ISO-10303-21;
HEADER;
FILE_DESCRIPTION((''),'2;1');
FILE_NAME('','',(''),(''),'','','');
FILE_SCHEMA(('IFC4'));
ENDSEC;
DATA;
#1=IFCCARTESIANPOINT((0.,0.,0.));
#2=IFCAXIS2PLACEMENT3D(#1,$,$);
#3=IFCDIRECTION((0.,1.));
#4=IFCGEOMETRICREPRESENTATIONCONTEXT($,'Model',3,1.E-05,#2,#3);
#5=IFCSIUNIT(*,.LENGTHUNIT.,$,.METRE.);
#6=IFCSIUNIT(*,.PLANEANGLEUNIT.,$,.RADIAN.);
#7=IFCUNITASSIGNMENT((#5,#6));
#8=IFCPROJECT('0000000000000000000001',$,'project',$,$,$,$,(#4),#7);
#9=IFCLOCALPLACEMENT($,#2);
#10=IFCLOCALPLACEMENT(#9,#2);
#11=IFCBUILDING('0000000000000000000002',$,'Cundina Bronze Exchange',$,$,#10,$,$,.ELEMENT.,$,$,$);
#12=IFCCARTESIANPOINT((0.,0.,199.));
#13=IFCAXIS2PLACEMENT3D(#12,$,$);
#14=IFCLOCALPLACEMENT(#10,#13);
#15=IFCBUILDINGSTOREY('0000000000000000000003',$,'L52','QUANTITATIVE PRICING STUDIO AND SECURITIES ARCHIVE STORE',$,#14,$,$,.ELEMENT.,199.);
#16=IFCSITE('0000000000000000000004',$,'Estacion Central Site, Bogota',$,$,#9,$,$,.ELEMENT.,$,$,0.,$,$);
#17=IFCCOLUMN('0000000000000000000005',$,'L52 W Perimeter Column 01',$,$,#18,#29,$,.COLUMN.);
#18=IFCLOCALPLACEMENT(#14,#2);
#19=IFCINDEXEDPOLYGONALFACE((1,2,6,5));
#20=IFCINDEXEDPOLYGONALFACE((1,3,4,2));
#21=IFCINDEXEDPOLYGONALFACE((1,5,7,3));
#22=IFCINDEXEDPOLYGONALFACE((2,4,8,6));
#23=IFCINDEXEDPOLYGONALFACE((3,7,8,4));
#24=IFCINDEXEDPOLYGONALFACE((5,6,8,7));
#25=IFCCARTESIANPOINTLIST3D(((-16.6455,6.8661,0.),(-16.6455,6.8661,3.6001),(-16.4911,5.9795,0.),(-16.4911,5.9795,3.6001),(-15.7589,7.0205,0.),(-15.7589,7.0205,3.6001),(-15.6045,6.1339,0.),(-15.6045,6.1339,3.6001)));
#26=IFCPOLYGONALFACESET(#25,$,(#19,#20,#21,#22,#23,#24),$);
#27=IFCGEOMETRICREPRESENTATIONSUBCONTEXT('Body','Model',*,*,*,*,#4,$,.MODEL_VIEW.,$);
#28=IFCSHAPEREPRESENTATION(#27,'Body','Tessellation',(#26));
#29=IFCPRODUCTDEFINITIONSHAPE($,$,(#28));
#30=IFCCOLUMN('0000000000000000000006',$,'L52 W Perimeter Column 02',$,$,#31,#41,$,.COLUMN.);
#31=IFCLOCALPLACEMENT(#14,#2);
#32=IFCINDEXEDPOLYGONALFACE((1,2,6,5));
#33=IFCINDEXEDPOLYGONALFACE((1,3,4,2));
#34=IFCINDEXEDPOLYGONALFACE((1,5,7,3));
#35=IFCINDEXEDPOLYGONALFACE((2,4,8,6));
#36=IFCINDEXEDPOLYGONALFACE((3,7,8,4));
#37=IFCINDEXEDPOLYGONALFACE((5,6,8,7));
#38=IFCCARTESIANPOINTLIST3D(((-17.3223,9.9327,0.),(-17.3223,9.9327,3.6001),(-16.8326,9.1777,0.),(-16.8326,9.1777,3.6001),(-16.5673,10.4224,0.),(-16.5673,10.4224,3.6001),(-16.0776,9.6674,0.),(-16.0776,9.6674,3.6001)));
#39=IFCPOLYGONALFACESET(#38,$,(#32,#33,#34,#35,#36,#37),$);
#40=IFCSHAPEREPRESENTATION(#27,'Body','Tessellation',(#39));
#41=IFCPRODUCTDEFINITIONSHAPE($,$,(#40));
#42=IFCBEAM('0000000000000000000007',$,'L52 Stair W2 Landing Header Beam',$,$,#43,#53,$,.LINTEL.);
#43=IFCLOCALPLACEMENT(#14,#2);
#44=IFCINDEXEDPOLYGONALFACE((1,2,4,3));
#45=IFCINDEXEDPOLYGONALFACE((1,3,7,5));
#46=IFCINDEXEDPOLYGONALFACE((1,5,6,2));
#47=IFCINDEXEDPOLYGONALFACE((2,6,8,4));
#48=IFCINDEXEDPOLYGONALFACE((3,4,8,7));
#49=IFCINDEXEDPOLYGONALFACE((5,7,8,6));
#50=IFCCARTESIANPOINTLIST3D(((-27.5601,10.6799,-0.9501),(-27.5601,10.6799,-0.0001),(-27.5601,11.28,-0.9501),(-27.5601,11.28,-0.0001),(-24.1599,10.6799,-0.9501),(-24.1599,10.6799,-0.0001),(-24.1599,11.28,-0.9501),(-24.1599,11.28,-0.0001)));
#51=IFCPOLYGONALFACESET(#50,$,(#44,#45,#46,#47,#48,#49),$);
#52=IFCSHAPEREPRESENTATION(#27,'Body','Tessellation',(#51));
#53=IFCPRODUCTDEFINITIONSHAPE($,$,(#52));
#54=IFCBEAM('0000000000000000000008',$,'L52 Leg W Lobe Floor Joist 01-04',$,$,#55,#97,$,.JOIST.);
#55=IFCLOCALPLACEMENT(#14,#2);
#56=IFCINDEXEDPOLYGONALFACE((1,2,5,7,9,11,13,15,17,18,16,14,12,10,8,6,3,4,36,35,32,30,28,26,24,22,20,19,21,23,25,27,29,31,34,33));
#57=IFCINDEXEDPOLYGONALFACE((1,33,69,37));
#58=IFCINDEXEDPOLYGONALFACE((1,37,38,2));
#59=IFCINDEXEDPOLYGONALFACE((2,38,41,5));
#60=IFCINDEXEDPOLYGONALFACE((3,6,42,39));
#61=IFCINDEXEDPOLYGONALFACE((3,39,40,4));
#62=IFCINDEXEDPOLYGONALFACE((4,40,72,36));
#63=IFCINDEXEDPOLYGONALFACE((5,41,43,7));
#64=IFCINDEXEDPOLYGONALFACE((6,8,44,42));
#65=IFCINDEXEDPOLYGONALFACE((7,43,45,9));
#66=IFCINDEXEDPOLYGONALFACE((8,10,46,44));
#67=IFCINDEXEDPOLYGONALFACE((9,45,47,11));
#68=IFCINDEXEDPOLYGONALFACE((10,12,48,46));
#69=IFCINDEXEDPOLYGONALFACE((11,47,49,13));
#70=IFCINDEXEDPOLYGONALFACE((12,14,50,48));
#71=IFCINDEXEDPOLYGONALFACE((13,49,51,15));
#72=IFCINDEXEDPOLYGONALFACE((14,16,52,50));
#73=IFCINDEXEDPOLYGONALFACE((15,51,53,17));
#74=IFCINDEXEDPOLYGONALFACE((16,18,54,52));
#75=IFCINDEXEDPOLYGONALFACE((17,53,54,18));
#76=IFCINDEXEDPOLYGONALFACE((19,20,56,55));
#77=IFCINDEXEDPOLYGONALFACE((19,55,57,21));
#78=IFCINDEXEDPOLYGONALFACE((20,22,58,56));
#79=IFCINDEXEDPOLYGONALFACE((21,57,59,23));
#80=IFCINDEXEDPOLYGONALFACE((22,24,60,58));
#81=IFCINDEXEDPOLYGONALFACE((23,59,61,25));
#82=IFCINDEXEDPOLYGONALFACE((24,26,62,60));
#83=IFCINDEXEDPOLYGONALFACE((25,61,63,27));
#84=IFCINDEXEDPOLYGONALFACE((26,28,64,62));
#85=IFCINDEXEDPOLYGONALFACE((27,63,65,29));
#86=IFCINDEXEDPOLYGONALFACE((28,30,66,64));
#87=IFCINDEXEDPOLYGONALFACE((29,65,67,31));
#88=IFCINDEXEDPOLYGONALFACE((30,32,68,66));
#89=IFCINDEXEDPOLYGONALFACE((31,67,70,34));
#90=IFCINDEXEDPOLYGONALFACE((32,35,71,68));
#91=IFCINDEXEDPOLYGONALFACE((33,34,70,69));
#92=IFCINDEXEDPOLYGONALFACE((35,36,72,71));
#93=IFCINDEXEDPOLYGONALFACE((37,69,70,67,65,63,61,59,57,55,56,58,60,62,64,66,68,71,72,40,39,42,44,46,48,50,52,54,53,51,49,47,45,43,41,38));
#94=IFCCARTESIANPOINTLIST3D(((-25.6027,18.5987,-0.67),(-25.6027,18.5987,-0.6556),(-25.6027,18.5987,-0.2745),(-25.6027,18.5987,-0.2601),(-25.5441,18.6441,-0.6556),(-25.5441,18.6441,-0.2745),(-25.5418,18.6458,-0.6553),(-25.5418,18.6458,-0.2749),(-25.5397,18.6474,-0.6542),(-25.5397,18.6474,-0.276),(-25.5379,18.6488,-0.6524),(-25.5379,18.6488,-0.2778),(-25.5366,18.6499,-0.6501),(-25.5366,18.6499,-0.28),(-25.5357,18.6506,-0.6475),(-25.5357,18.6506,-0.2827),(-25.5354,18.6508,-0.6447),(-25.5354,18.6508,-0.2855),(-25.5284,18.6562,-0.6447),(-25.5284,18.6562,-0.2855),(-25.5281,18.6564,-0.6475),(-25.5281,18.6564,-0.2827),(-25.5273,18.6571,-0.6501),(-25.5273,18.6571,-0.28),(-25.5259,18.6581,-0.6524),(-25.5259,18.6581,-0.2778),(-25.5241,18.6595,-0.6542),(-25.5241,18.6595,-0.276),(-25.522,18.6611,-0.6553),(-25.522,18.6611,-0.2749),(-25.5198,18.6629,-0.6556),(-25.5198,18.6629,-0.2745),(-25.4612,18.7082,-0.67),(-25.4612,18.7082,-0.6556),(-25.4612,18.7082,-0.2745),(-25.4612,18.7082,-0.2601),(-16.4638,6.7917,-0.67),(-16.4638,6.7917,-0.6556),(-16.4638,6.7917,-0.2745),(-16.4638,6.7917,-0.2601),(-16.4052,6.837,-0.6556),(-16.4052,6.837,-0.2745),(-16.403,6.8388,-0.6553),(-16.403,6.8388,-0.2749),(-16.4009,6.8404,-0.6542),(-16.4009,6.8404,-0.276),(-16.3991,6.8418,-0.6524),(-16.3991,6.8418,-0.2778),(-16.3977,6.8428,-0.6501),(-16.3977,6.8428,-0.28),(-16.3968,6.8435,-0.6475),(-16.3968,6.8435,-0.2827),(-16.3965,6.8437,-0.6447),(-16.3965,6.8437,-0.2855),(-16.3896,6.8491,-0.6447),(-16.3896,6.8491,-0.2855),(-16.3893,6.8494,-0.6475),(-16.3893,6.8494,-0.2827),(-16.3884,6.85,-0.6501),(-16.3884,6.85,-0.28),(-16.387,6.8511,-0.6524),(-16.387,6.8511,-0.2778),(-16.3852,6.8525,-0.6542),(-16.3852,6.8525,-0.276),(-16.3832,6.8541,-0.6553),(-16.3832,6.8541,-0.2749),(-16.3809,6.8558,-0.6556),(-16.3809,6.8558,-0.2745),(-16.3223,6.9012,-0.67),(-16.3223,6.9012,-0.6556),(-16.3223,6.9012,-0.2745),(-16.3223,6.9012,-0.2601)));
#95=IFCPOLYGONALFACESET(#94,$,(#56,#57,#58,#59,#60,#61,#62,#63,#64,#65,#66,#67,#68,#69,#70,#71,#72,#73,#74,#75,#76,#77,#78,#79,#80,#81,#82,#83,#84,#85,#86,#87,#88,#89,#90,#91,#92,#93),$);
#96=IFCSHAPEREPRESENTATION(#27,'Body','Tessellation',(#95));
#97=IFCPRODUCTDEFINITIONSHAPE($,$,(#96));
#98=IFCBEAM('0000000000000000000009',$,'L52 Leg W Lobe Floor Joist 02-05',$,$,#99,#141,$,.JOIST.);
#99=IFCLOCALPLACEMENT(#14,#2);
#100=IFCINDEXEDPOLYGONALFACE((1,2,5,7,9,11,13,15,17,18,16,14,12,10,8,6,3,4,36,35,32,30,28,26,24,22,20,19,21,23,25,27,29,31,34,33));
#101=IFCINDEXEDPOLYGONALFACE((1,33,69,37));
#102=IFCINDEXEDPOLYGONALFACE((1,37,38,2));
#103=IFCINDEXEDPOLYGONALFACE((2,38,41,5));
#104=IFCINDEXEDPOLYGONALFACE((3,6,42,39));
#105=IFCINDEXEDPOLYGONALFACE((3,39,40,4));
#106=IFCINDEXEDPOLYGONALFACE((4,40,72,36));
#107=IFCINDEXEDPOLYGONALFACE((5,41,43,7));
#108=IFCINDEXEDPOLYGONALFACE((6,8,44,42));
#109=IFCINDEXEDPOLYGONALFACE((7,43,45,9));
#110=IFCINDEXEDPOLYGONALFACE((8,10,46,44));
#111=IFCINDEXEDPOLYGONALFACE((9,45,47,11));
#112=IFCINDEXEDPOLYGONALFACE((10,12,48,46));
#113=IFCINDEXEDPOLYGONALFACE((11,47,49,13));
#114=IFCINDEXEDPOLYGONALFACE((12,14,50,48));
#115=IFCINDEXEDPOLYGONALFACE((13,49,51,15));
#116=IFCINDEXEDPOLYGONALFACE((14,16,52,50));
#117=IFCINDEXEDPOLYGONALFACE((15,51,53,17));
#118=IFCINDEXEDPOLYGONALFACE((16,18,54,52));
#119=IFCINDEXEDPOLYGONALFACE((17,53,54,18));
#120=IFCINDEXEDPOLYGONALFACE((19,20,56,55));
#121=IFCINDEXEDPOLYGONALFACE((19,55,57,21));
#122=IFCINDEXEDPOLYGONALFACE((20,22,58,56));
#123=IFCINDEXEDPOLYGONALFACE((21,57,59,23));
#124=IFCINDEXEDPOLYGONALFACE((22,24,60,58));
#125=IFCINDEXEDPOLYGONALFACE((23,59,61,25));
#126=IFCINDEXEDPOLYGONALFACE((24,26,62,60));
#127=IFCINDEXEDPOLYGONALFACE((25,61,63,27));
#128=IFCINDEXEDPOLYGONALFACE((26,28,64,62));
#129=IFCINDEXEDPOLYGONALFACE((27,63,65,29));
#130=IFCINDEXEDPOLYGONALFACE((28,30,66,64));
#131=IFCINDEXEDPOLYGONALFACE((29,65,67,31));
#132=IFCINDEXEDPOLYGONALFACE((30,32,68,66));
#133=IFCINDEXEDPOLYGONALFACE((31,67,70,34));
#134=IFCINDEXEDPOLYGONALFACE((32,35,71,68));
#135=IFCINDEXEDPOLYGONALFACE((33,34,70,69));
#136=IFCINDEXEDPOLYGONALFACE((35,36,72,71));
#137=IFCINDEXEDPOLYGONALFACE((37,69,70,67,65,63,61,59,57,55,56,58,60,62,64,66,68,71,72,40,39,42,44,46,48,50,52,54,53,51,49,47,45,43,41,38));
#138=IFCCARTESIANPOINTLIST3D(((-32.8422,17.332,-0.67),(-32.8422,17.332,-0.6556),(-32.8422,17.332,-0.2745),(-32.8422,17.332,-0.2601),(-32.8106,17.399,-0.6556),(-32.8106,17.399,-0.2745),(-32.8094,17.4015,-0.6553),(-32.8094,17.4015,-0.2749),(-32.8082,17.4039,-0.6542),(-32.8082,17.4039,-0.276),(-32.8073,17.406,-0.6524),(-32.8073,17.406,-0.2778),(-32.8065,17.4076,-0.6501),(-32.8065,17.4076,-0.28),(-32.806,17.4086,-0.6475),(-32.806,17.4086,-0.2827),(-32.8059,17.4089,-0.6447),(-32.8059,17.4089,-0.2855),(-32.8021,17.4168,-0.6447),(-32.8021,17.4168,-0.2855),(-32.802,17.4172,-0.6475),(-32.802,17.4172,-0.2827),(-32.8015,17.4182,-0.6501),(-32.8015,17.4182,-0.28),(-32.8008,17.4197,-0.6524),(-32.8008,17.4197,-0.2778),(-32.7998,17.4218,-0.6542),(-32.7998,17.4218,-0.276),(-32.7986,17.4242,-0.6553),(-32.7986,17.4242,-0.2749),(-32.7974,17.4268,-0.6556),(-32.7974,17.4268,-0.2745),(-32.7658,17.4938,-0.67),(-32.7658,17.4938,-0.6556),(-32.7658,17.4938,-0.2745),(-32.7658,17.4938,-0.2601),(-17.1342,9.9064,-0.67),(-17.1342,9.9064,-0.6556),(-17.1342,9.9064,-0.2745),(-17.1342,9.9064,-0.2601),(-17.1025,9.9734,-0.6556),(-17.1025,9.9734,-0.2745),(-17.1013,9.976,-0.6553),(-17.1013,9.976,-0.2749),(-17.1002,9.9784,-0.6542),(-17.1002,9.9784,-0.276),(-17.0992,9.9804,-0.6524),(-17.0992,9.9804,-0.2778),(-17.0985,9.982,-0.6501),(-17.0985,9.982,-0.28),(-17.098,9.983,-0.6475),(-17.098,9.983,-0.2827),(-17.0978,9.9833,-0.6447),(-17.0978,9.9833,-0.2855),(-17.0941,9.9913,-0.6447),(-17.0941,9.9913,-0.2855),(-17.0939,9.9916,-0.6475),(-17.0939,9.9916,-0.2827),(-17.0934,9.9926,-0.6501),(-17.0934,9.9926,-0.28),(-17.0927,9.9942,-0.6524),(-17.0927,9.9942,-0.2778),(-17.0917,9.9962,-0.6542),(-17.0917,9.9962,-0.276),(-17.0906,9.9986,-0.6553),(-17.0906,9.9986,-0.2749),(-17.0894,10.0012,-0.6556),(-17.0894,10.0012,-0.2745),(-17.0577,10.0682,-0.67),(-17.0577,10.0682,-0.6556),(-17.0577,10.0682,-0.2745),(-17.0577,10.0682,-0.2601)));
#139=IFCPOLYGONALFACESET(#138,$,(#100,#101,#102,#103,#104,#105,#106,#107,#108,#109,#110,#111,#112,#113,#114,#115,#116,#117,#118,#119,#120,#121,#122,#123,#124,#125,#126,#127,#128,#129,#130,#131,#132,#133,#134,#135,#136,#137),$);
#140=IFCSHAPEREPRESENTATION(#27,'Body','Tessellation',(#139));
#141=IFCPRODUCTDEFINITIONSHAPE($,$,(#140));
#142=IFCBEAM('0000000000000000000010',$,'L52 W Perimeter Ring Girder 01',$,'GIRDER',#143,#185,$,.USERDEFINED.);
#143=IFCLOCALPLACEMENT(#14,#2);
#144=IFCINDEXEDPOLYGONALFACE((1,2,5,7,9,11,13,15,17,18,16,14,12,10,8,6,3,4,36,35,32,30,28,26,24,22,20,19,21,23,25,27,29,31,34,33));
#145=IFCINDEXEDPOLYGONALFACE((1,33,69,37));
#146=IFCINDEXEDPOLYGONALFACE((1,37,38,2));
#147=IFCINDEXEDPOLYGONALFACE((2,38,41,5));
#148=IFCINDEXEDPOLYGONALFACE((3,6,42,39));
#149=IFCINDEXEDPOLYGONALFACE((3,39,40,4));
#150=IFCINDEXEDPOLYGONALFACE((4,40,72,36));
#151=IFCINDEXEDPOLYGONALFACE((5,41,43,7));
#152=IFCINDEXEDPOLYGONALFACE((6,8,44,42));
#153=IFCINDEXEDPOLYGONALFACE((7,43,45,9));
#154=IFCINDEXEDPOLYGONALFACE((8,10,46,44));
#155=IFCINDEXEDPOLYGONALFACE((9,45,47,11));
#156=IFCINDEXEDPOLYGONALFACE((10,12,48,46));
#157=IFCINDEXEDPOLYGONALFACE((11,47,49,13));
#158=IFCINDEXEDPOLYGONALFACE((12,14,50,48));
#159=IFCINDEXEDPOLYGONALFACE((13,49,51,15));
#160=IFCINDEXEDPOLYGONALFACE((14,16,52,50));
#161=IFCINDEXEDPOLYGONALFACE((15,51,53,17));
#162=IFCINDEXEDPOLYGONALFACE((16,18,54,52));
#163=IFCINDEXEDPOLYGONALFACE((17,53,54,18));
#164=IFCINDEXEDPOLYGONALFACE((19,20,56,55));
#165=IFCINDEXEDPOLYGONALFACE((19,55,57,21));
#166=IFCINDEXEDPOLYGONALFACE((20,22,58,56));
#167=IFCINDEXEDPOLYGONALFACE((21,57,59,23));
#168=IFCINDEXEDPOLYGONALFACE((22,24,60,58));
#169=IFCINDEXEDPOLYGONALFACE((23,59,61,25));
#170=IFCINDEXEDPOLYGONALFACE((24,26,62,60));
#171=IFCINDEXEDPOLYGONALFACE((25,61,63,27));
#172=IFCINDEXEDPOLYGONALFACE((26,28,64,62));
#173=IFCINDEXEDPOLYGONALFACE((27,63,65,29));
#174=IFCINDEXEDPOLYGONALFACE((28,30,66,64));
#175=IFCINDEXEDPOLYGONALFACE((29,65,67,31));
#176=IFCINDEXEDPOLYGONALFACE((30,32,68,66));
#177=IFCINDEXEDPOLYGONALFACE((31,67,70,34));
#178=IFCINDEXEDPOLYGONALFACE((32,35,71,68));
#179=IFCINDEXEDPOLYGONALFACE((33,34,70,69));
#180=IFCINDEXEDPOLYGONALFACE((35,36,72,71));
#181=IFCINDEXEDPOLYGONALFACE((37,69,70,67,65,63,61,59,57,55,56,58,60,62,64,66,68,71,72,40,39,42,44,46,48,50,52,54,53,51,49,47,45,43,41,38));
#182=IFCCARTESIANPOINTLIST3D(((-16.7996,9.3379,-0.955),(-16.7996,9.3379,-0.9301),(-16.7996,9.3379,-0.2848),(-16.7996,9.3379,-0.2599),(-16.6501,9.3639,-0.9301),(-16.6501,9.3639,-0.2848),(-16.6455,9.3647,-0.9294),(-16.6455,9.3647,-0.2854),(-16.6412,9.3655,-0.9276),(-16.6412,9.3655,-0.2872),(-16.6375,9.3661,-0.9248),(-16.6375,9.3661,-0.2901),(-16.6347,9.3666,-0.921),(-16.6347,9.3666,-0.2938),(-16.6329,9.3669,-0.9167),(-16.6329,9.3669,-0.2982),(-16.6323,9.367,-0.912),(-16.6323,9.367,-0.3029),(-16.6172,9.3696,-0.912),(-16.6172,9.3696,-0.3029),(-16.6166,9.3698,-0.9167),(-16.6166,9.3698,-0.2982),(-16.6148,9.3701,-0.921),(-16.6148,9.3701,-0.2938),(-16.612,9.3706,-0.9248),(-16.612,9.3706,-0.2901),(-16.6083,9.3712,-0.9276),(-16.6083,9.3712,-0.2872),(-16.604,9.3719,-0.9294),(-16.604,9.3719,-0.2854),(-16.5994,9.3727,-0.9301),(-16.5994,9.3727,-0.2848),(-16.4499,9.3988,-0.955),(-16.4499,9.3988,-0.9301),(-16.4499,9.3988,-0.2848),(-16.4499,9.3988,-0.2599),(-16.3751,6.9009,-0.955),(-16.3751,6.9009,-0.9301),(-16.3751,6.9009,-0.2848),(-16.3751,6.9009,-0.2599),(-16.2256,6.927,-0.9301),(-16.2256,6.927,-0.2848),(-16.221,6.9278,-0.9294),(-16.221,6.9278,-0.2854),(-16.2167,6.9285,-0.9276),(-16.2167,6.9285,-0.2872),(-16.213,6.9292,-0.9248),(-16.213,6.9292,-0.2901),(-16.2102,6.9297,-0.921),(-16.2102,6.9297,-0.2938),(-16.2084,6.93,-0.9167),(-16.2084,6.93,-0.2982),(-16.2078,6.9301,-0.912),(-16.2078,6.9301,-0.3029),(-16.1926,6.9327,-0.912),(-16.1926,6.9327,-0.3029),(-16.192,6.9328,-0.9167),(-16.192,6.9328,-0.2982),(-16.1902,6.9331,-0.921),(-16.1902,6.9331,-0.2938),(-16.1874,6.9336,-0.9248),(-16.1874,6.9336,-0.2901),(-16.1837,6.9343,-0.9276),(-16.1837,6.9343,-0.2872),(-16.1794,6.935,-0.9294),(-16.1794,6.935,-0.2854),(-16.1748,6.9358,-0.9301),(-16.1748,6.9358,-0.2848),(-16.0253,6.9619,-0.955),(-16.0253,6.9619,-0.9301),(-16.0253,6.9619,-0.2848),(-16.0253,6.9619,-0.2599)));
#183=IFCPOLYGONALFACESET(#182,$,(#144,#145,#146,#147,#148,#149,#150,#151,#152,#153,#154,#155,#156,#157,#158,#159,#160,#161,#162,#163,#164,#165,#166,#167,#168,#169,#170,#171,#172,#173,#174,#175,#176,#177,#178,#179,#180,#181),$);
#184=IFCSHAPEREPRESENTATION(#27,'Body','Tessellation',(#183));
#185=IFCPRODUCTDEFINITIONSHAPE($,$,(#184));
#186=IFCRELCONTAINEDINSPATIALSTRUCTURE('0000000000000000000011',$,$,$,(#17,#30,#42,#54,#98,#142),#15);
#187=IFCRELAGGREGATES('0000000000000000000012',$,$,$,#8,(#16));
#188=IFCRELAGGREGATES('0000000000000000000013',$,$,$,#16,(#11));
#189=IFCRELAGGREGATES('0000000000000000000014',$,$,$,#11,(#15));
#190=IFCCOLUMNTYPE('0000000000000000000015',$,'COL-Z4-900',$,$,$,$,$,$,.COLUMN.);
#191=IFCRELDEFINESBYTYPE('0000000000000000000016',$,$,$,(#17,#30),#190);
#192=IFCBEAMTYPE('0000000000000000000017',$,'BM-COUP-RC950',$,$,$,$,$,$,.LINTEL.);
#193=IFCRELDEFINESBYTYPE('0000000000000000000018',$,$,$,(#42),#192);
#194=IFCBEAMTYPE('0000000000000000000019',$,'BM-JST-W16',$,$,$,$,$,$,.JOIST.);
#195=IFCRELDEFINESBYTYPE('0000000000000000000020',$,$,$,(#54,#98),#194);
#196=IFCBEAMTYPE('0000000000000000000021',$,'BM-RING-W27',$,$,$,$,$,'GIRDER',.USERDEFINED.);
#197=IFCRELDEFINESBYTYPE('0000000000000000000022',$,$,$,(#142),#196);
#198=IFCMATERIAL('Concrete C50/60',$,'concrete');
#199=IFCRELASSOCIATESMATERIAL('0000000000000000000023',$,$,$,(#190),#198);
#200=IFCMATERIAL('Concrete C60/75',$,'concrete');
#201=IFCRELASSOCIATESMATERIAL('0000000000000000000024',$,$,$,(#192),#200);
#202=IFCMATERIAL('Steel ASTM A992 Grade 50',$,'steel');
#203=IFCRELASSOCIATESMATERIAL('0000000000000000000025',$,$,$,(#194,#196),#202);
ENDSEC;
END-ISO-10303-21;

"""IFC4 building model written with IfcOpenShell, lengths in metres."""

from ifc_helpers import new_model, si_unit, direction, frame, origin, origin_2d, place, context, subcontext, project, spatial, rectangle, i_section, extrude, material, material_profile, profile_set, type_object, element, save


model = new_model("IFC4")

# Units and contexts
model_context = context("Model", 3, precision=1e-05, world=origin(), true_north=direction((0.0, 1.0)))
body_context = subcontext(model_context, "Body", "Model", "MODEL_VIEW")
ifc_project = project(units=[si_unit("LENGTHUNIT", "METRE"), si_unit("PLANEANGLEUNIT", "RADIAN")], contexts=[model_context])

# Site, building, storey
site_placement = place(None, origin())
site = spatial("IfcSite", under=ifc_project, at=site_placement, Name="Estacion Central Site, Bogota", CompositionType="ELEMENT", RefElevation=0.0)
building_placement = place(site_placement, origin())
building = spatial("IfcBuilding", under=site, at=building_placement, Name="Cundina Bronze Exchange", CompositionType="ELEMENT")
storey_placement = place(building_placement, frame((0.0, 0.0, 199.0)))
storey = spatial("IfcBuildingStorey", under=building, at=storey_placement, Name="L52", Description="QUANTITATIVE PRICING STUDIO AND SECURITIES ARCHIVE STORE", CompositionType="ELEMENT", Elevation=199.0)

# Columns
ifc_material_1 = material(Name="Concrete C50/60", Category="concrete")
ifc_material_profile_1 = material_profile(ifc_material_1, rectangle(XDim=0.8999, YDim=0.8999, at=origin_2d()), Name="RC900X900", Category="concrete")
ifc_profile_set_1 = profile_set([ifc_material_profile_1], Name="Concrete C50/60")
column_type = type_object("IfcColumnType", Name="COL-Z4-900", PredefinedType="COLUMN", material=ifc_profile_set_1)
for number, where, z_axis, x_axis, name in (
    (1, (-16.125, 6.5, 0.0), (0.0, 0.0, 1.0), (-0.171585, 0.985169, 0.0), "L52 W Perimeter Column 01"),
    (2, (-16.7, 9.8, 0.0), (0.0, 0.0, 1.0), (-0.5442, 0.838956, 0.0), "L52 W Perimeter Column 02"),
):
    element("IfcColumn", number, at=place(storey_placement, frame(where, z_axis=z_axis, x_axis=x_axis)), inside=storey, type_object=column_type, Name=name, PredefinedType="COLUMN", context=body_context, shape_type="SweptSolid", body=[
        extrude(rectangle(XDim=0.8999, YDim=0.8999, at=origin_2d()), origin(), (0.0, 0.0, 1.0), 3.6001),
    ])

# Beams
ifc_material_2 = material(Name="Concrete C60/75", Category="concrete")
ifc_material_profile_2 = material_profile(ifc_material_2, rectangle(XDim=0.6001, YDim=0.95, at=origin_2d()), Name="RC600X950", Category="concrete")
ifc_profile_set_2 = profile_set([ifc_material_profile_2], Name="Concrete C60/75")
beam_type_1 = type_object("IfcBeamType", Name="BM-COUP-RC950", PredefinedType="LINTEL", material=ifc_profile_set_2)
beam_1_placement = place(storey_placement, frame((-27.5601, 10.98, -0.4751), z_axis=(1.0, 0.0, 0.0), x_axis=(0.0, 1.0, 0.0)))
element("IfcBeam", 3, at=beam_1_placement, inside=storey, type_object=beam_type_1, Name="L52 Stair W2 Landing Header Beam", PredefinedType="LINTEL", context=body_context, shape_type="SweptSolid", body=[
    extrude(rectangle(XDim=0.6001, YDim=0.95, at=origin_2d()), origin(), (0.0, 0.0, 1.0), 3.4001),
])
ifc_material_3 = material(Name="Steel ASTM A992 Grade 50", Category="steel")
ifc_material_profile_3 = material_profile(ifc_material_3, i_section(OverallWidth=0.179, OverallDepth=0.4099, WebThickness=0.0088, FlangeThickness=0.0144, FilletRadius=0.011, at=origin_2d()), Name="W16X45", Category="steel")
ifc_profile_set_3 = profile_set([ifc_material_profile_3], Name="Steel ASTM A992 Grade 50")
beam_type_2 = type_object("IfcBeamType", Name="BM-JST-W16", PredefinedType="JOIST", material=ifc_profile_set_3)
beam_2_placement = place(storey_placement, frame((-16.3931, 6.8464, -0.4651), z_axis=(-0.612086, 0.790791, 0.0), x_axis=(-0.790791, -0.612086, 0.0)))
element("IfcBeam", 4, at=beam_2_placement, inside=storey, type_object=beam_type_2, Name="L52 Leg W Lobe Floor Joist 01-04", PredefinedType="JOIST", context=body_context, shape_type="SweptSolid", body=[
    extrude(i_section(OverallWidth=0.179, OverallDepth=0.4099, WebThickness=0.0088, FlangeThickness=0.0144, FilletRadius=0.011, at=origin_2d()), origin(), (0.0, 0.0, 1.0), 14.9307),
])
beam_3_placement = place(storey_placement, frame((-17.0959, 9.9873, -0.4651), z_axis=(-0.904074, 0.427376, 0.0), x_axis=(-0.427376, -0.904074, 0.0)))
element("IfcBeam", 5, at=beam_3_placement, inside=storey, type_object=beam_type_2, Name="L52 Leg W Lobe Floor Joist 02-05", PredefinedType="JOIST", context=body_context, shape_type="SweptSolid", body=[
    extrude(i_section(OverallWidth=0.179, OverallDepth=0.4099, WebThickness=0.0088, FlangeThickness=0.0144, FilletRadius=0.011, at=origin_2d()), origin(), (0.0, 0.0, 1.0), 17.3748),
])
ifc_material_profile_4 = material_profile(ifc_material_3, i_section(OverallWidth=0.355, OverallDepth=0.6951, WebThickness=0.0154, FlangeThickness=0.0249, FilletRadius=0.0181, at=origin_2d()), Name="W27X146", Category="steel")
ifc_profile_set_4 = profile_set([ifc_material_profile_4], Name="Steel ASTM A992 Grade 50")
beam_type_3 = type_object("IfcBeamType", Name="BM-RING-W27", ElementType="GIRDER", PredefinedType="USERDEFINED", material=ifc_profile_set_4)
beam_4_placement = place(storey_placement, frame((-16.2002, 6.9314, -0.6074), z_axis=(-0.171629, 0.985162, 0.0), x_axis=(-0.985162, -0.171629, 0.0)))
element("IfcBeam", 6, at=beam_4_placement, inside=storey, type_object=beam_type_3, Name="L52 W Perimeter Ring Girder 01", ObjectType="GIRDER", PredefinedType="USERDEFINED", context=body_context, shape_type="SweptSolid", body=[
    extrude(i_section(OverallWidth=0.355, OverallDepth=0.6951, WebThickness=0.0154, FlangeThickness=0.0249, FilletRadius=0.0181, at=origin_2d()), origin(), (0.0, 0.0, 1.0), 2.4736),
])

save(model, "model.ifc")
